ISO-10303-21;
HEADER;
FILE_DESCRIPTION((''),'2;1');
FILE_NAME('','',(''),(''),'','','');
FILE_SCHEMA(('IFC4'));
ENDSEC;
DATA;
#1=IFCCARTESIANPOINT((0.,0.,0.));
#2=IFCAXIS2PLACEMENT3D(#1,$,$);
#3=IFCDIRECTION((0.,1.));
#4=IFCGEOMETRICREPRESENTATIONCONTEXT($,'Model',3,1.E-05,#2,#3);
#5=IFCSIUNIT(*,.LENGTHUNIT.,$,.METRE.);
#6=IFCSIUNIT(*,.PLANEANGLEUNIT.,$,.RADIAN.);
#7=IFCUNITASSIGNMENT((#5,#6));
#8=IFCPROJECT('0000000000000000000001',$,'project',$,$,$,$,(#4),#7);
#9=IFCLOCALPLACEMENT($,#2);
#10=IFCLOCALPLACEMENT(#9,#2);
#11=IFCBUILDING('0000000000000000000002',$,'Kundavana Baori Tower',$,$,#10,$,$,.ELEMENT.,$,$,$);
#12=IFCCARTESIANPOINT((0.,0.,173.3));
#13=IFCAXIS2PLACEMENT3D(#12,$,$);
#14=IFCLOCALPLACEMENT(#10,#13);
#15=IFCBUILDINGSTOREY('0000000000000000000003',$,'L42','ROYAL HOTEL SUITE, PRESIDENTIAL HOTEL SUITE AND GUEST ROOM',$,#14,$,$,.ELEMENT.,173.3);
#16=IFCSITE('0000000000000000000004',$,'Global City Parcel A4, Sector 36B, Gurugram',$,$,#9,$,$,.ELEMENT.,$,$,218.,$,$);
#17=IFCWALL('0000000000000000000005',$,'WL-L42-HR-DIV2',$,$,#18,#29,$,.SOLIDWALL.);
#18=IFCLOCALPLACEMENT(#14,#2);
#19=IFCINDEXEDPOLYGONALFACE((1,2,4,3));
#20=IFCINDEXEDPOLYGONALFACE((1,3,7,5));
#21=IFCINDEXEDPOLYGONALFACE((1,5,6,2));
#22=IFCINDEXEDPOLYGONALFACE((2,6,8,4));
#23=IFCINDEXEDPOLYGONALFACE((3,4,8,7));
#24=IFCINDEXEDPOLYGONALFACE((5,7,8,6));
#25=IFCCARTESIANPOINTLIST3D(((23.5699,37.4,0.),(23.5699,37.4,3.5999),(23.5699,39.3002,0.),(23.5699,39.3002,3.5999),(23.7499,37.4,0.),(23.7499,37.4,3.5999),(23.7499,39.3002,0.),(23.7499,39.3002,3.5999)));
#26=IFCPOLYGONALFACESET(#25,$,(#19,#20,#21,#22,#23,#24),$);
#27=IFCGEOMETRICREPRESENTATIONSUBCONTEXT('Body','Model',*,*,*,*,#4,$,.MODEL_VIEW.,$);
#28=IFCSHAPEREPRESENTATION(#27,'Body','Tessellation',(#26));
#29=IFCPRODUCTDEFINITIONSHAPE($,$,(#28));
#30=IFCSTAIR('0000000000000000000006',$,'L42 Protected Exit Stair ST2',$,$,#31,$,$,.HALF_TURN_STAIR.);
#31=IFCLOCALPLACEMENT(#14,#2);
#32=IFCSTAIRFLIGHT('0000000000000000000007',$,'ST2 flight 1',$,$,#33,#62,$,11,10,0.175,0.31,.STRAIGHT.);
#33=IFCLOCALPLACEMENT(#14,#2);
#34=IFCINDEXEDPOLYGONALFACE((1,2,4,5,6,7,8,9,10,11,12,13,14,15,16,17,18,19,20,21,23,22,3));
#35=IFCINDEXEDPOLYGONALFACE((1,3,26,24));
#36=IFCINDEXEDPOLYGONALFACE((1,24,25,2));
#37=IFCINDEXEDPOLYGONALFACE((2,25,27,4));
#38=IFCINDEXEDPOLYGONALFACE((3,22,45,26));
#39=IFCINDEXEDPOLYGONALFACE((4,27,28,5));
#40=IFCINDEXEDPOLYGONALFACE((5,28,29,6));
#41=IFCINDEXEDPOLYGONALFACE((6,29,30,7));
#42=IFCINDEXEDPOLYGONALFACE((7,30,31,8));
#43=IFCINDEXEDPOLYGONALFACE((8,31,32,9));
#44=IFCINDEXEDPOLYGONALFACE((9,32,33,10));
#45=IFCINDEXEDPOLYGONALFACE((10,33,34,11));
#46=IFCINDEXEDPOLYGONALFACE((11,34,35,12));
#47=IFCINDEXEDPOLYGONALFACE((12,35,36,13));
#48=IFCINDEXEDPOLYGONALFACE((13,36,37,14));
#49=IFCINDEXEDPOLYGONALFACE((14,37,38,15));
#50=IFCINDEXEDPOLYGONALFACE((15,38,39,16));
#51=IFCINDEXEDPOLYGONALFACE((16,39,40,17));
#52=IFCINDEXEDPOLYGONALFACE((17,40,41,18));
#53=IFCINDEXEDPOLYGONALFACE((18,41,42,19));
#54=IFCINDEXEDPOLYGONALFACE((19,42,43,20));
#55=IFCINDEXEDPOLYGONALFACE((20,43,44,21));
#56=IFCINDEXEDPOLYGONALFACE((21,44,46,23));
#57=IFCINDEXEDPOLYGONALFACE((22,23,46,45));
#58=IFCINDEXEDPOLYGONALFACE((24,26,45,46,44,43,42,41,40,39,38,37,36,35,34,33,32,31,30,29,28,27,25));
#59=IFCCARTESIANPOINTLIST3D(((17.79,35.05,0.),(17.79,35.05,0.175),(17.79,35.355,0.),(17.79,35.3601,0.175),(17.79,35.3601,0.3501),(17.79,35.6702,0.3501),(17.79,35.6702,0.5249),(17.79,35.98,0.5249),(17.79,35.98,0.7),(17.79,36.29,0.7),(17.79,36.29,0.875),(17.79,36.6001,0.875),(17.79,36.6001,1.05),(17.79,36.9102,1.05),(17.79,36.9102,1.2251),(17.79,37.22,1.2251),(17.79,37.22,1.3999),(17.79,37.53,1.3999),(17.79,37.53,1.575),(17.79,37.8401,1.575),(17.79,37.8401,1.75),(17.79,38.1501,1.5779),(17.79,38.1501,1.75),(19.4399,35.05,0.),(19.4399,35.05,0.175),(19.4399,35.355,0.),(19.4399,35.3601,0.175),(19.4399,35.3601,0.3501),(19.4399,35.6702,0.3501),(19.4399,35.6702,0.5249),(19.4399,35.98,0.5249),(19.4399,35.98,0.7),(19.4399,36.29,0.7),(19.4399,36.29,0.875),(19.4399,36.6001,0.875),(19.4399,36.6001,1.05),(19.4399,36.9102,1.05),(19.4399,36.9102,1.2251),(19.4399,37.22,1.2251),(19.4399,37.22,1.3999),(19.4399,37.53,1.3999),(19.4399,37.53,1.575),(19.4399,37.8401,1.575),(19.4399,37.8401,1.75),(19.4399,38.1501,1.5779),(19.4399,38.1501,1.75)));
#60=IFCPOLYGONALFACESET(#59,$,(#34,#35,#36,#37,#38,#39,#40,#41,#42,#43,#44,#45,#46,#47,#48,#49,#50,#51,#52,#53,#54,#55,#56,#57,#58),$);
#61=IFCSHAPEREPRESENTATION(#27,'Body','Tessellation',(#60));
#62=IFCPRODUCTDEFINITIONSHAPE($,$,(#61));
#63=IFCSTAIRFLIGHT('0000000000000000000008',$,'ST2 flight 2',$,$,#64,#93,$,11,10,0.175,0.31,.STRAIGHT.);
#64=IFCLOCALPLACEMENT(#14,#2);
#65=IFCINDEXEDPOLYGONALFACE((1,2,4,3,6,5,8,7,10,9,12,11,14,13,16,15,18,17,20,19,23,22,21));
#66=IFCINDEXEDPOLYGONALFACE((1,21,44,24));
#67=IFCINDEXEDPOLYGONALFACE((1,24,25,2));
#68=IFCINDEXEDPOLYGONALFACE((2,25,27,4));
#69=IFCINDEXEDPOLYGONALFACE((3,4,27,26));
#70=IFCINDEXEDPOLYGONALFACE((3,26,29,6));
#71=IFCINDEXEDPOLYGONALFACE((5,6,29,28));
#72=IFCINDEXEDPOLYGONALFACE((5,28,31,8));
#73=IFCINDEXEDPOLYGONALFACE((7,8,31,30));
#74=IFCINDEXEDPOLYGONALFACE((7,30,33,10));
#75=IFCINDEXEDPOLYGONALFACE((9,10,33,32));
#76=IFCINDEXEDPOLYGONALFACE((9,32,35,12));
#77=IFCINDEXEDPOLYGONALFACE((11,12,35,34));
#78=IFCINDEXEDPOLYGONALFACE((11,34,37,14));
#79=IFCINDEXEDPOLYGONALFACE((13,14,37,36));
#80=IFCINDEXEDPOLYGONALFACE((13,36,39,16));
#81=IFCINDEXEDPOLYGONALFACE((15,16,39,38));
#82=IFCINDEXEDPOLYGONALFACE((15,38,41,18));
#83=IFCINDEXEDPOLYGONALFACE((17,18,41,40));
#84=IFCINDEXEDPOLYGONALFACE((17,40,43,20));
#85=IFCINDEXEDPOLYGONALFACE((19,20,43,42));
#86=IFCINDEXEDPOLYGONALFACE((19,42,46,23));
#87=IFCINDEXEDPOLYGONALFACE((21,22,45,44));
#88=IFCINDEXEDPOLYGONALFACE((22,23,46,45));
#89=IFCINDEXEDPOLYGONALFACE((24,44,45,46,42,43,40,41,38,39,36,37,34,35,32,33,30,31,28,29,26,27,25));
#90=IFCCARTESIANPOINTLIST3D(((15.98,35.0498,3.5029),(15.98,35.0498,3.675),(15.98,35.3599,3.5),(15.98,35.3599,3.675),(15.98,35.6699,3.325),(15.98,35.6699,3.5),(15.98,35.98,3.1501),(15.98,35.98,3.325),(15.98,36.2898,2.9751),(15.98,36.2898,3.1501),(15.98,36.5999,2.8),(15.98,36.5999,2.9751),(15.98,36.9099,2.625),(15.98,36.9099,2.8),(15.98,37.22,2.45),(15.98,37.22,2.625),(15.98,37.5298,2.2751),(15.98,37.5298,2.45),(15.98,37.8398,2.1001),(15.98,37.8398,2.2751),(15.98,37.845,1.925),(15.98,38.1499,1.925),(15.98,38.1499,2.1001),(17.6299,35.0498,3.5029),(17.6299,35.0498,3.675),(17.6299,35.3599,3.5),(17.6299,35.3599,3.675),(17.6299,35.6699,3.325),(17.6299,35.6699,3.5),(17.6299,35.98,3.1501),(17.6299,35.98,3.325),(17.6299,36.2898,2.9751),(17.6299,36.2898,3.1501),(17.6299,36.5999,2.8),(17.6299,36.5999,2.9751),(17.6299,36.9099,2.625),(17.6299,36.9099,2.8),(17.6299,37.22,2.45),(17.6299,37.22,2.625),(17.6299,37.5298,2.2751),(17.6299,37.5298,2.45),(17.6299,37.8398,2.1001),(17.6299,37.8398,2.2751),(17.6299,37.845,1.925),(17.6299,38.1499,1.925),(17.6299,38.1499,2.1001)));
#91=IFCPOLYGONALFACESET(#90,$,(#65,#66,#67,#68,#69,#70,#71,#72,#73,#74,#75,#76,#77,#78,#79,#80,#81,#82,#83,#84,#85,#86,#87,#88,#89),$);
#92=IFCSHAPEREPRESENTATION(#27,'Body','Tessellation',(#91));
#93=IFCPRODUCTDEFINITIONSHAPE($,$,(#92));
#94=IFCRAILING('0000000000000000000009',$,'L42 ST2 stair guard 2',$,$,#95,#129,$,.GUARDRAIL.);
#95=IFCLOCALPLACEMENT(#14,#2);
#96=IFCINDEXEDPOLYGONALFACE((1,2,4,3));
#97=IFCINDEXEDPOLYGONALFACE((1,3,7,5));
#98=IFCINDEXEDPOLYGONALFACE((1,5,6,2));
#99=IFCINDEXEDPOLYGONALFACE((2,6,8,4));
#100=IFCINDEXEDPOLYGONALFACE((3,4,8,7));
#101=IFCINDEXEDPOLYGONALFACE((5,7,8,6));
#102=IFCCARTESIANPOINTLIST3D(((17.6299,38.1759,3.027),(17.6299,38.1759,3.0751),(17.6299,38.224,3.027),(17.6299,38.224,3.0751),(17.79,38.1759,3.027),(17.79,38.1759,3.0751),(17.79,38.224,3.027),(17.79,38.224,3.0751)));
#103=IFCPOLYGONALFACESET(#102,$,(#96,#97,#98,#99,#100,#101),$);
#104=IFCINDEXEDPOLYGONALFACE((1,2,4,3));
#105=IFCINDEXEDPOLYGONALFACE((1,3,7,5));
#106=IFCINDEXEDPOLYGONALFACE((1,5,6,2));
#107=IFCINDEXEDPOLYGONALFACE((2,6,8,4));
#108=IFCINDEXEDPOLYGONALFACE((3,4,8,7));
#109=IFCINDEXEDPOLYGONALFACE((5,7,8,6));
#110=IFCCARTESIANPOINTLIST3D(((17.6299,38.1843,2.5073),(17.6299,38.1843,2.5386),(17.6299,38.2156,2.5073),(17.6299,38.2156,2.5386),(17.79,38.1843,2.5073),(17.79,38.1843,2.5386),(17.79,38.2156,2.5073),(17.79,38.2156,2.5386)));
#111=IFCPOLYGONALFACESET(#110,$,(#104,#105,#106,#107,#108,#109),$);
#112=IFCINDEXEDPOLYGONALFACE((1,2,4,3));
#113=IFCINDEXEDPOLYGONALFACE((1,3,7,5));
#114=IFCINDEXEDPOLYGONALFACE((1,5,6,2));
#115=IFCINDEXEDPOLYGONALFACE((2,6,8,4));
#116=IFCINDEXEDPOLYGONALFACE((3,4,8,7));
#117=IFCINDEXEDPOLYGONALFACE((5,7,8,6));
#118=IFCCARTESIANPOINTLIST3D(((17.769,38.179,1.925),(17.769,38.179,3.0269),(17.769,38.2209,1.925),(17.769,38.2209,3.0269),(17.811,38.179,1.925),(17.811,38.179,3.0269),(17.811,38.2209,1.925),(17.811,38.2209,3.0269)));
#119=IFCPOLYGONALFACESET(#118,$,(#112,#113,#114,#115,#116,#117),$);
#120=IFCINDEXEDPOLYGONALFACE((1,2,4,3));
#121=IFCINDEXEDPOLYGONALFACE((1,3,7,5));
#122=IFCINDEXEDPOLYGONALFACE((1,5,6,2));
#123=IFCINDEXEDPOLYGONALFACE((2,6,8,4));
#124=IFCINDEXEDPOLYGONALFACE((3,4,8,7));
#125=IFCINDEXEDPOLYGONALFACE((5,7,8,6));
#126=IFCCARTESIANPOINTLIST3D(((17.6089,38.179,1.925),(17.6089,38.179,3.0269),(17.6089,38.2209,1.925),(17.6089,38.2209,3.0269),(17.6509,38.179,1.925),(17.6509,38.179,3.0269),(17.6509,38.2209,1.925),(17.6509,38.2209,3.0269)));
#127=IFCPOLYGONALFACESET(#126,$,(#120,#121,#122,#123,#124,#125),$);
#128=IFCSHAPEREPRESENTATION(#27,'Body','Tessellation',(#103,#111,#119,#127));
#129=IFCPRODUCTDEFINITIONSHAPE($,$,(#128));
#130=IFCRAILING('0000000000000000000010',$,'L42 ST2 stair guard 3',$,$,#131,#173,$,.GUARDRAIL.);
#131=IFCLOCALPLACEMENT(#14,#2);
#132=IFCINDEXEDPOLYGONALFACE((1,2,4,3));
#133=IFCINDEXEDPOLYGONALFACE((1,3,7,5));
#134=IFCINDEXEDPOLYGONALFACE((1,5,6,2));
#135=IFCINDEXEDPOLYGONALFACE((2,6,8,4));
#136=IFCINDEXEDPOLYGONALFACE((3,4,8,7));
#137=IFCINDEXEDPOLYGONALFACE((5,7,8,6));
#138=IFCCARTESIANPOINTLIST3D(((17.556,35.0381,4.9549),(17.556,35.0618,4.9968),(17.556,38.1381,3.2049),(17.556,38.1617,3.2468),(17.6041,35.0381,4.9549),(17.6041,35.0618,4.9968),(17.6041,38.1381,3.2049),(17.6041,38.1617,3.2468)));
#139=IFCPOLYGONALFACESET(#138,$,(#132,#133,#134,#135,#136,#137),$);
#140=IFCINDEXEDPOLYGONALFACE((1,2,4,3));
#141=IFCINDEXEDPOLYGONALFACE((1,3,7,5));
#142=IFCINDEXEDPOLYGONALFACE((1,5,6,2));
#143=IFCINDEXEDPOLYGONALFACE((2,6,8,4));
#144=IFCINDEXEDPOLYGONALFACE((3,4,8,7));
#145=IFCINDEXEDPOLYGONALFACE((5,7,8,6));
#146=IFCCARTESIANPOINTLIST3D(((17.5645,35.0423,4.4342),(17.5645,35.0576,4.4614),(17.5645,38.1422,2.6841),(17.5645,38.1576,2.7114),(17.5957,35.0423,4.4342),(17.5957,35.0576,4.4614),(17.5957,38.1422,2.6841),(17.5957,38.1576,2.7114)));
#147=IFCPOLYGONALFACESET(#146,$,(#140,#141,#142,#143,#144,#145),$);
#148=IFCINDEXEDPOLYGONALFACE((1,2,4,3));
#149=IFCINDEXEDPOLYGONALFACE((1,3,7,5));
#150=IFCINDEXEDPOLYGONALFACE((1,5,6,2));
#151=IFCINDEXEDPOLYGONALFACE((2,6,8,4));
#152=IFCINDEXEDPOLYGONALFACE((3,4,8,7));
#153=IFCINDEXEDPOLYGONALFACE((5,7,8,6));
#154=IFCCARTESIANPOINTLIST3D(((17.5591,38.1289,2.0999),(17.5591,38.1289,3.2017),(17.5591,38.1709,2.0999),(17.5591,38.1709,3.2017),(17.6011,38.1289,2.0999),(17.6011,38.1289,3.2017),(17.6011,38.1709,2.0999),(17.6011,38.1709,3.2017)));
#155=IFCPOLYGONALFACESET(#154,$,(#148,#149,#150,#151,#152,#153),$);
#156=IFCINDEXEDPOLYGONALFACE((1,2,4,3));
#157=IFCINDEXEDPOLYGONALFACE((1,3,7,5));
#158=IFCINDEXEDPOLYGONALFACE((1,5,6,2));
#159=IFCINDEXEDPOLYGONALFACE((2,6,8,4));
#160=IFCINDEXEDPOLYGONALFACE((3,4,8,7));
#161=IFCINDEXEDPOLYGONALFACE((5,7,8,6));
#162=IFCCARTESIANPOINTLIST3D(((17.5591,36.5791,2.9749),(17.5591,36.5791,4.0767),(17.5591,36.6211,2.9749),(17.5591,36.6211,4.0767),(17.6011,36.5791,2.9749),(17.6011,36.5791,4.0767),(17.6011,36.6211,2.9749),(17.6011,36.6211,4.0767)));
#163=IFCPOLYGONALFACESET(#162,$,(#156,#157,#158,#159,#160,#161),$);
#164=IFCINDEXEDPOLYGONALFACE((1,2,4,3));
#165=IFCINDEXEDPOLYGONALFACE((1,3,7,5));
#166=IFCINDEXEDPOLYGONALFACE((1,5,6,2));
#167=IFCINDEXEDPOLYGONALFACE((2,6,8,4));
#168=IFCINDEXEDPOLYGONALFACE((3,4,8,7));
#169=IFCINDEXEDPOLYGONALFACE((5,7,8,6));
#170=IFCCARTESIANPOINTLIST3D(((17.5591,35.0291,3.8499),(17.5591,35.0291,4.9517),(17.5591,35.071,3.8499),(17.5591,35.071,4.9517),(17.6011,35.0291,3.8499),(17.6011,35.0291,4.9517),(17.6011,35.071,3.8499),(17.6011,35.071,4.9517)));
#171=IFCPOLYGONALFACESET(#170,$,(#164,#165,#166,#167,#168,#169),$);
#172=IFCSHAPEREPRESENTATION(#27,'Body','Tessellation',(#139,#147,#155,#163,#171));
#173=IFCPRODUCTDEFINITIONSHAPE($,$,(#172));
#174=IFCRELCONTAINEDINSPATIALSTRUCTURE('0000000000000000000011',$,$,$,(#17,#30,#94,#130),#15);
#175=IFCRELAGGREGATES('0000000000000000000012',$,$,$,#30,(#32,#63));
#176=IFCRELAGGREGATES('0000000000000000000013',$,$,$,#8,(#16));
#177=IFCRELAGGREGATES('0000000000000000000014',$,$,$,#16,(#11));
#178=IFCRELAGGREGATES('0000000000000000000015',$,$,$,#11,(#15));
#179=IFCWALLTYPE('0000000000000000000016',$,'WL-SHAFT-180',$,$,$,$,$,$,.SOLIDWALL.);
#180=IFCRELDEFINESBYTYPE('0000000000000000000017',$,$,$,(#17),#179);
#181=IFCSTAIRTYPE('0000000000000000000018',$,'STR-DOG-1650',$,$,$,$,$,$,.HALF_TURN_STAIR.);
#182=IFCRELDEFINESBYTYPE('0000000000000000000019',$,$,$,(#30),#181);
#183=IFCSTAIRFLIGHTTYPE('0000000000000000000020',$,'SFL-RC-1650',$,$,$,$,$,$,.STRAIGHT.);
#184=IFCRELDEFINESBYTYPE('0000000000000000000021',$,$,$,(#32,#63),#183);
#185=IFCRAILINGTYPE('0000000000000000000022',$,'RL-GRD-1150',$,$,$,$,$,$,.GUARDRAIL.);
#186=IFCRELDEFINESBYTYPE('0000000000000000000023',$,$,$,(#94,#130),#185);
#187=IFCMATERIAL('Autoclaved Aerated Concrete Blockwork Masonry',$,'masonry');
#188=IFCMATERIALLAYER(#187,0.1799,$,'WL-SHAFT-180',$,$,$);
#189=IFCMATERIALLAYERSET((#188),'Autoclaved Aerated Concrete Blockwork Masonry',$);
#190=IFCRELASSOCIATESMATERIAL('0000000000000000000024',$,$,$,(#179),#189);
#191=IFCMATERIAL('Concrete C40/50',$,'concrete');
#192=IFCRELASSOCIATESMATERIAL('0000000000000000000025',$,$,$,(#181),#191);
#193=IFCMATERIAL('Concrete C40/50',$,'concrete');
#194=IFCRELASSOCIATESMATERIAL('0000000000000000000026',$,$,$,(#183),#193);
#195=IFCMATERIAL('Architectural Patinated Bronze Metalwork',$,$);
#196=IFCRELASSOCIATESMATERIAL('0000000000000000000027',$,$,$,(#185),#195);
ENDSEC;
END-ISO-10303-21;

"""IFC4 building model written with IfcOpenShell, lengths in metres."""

from ifc_helpers import new_model, si_unit, direction, frame, frame_2d, origin, origin_2d, place, context, subcontext, project, spatial, polyline, rectangle, outline, extrude, material, layer, layer_set, type_object, element, aggregate, save


model = new_model("IFC4")

# Units and contexts
model_context = context("Model", 3, precision=1e-05, world=origin(), true_north=direction((0.0, 1.0)))
body_context = subcontext(model_context, "Body", "Model", "MODEL_VIEW")
ifc_project = project(units=[si_unit("LENGTHUNIT", "METRE"), si_unit("PLANEANGLEUNIT", "RADIAN")], contexts=[model_context])

# Site, building, storey
site_placement = place(None, origin())
site = spatial("IfcSite", under=ifc_project, at=site_placement, Name="Global City Parcel A4, Sector 36B, Gurugram", CompositionType="ELEMENT", RefElevation=218.0)
building_placement = place(site_placement, origin())
building = spatial("IfcBuilding", under=site, at=building_placement, Name="Kundavana Baori Tower", CompositionType="ELEMENT")
storey_placement = place(building_placement, frame((0.0, 0.0, 173.3)))
storey = spatial("IfcBuildingStorey", under=building, at=storey_placement, Name="L42", Description="ROYAL HOTEL SUITE, PRESIDENTIAL HOTEL SUITE AND GUEST ROOM", CompositionType="ELEMENT", Elevation=173.3)

# Shared definitions
ifc_material_1 = material(Name="Autoclaved Aerated Concrete Blockwork Masonry", Category="masonry")
ifc_layer_1 = layer(ifc_material_1, 0.1799, Name="WL-SHAFT-180")
ifc_layer_set_1 = layer_set([ifc_layer_1], Name="Autoclaved Aerated Concrete Blockwork Masonry")
wall_type_1 = type_object("IfcWallType", Name="WL-SHAFT-180", PredefinedType="SOLIDWALL", material=ifc_layer_set_1)

# Wall
wall_1_placement = place(storey_placement, frame((23.6599, 37.3999, 0.0), z_axis=(0.0, 0.0, 1.0), x_axis=(0.0, 1.0, 0.0)))
element("IfcWall", 1, at=wall_1_placement, inside=storey, type_object=wall_type_1, Name="WL-L42-HR-DIV2", PredefinedType="SOLIDWALL", context=body_context, shape_type="SweptSolid", body=[
    extrude(rectangle(XDim=1.9001, YDim=0.1799, at=frame_2d((0.9502, 0.0))), origin(), (0.0, 0.0, 1.0), 3.5999),
])

# Stair, stair flights
ifc_material_2 = material(Name="Concrete C40/50", Category="concrete")
stair_type = type_object("IfcStairType", Name="STR-DOG-1650", PredefinedType="HALF_TURN_STAIR", material=ifc_material_2)
stair_placement = place(storey_placement, origin())
stair = element("IfcStair", 2, at=stair_placement, inside=storey, type_object=stair_type, Name="L42 Protected Exit Stair ST2", PredefinedType="HALF_TURN_STAIR")
ifc_material_3 = material(Name="Concrete C40/50", Category="concrete")
stair_flight_type = type_object("IfcStairFlightType", Name="SFL-RC-1650", PredefinedType="STRAIGHT", material=ifc_material_3)
stair_flight_1_placement = place(storey_placement, frame((18.615, 35.05, 0.0), z_axis=(0.0, 0.0, 1.0), x_axis=(0.0, 1.0, 0.0)))
stair_flight_1 = element("IfcStairFlight", 3, at=stair_flight_1_placement, type_object=stair_flight_type, Name="ST2 flight 1", NumberOfRisers=11, NumberOfTreads=10, PredefinedType="STRAIGHT", RiserHeight=0.175, TreadLength=0.31, context=body_context, shape_type="SweptSolid", body=[
    extrude(outline(polyline([(0.0, 0.0), (0.0, 0.175), (0.3101, 0.175), (0.3101, 0.3501), (0.6201, 0.3501), (0.6201, 0.5249), (0.9299, 0.5249), (0.9299, 0.7), (1.24, 0.7), (1.24, 0.875), (1.55, 0.875), (1.55, 1.05), (1.8601, 1.05), (1.8601, 1.2251), (2.1699, 1.2251), (2.1699, 1.3999), (2.48, 1.3999), (2.48, 1.575), (2.79, 1.575), (2.79, 1.75), (3.1001, 1.75), (3.1001, 1.925), (3.1001, 1.5779), (0.3049, 0.0), (0.0, 0.0)])), frame((0.0, 0.825, 0.0), z_axis=(0.0, -1.0, 0.0), x_axis=(1.0, 0.0, 0.0)), (0.0, 0.0, 1.0), 1.6499),
])
stair_flight_2_placement = place(storey_placement, frame((16.8049, 38.1499, 1.925), z_axis=(0.0, 0.0, 1.0), x_axis=(0.0, -1.0, 0.0)))
stair_flight_2 = element("IfcStairFlight", 4, at=stair_flight_2_placement, type_object=stair_flight_type, Name="ST2 flight 2", NumberOfRisers=11, NumberOfTreads=10, PredefinedType="STRAIGHT", RiserHeight=0.175, TreadLength=0.31, context=body_context, shape_type="SweptSolid", body=[
    extrude(outline(polyline([(0.0, 0.0), (0.0, 0.175), (0.3101, 0.175), (0.3101, 0.3501), (0.6201, 0.3501), (0.6201, 0.5249), (0.9299, 0.5249), (0.9299, 0.7), (1.24, 0.7), (1.24, 0.875), (1.55, 0.875), (1.55, 1.05), (1.8601, 1.05), (1.8601, 1.2251), (2.1699, 1.2251), (2.1699, 1.3999), (2.48, 1.3999), (2.48, 1.575), (2.79, 1.575), (2.79, 1.75), (3.1001, 1.75), (3.1001, 1.925), (3.1001, 1.5779), (0.3049, 0.0), (0.0, 0.0)])), frame((0.0, 0.825, 0.0), z_axis=(0.0, -1.0, 0.0), x_axis=(1.0, 0.0, 0.0)), (0.0, 0.0, 1.0), 1.6499),
])
aggregate(stair, [stair_flight_1, stair_flight_2])

# Railings
ifc_material_4 = material(Name="Architectural Patinated Bronze Metalwork")
railing_type_1 = type_object("IfcRailingType", Name="RL-GRD-1150", PredefinedType="GUARDRAIL", material=ifc_material_4)
railing_1_placement = place(storey_placement, frame((17.79, 38.2, 1.925)))
element("IfcRailing", 5, at=railing_1_placement, inside=storey, type_object=railing_type_1, Name="L42 ST2 stair guard 2", PredefinedType="GUARDRAIL", context=body_context, shape_type="SweptSolid", body=[
    extrude(rectangle(XDim=0.0481, YDim=0.0481, at=origin_2d()), frame((0.0, 0.0, 1.126), z_axis=(-1.0, 0.0, 0.0), x_axis=(0.0, -1.0, 0.0)), (0.0, 0.0, 1.0), 0.1602),
    extrude(rectangle(XDim=0.0312, YDim=0.0312, at=origin_2d()), frame((0.0, 0.0, 0.5979), z_axis=(-1.0, 0.0, 0.0), x_axis=(0.0, -1.0, 0.0)), (0.0, 0.0, 1.0), 0.1602),
    extrude(rectangle(XDim=0.042, YDim=0.042, at=origin_2d()), origin(), (0.0, 0.0, 1.0), 1.1018),
    extrude(rectangle(XDim=0.042, YDim=0.042, at=origin_2d()), frame((-0.1602, 0.0, 0.0)), (0.0, 0.0, 1.0), 1.1018),
])
railing_2_placement = place(storey_placement, frame((17.5801, 38.1499, 2.0999)))
element("IfcRailing", 6, at=railing_2_placement, inside=storey, type_object=railing_type_1, Name="L42 ST2 stair guard 3", PredefinedType="GUARDRAIL", context=body_context, shape_type="SweptSolid", body=[
    extrude(rectangle(XDim=0.0481, YDim=0.0481, at=origin_2d()), frame((0.0, 0.0, 1.126), z_axis=(0.0, -0.870814, 0.491612), x_axis=(1.0, 0.0, 0.0)), (0.0, 0.0, 1.0), 3.5598),
    extrude(rectangle(XDim=0.0312, YDim=0.0312, at=origin_2d()), frame((0.0, 0.0, 0.5979), z_axis=(0.0, -0.870814, 0.491612), x_axis=(1.0, 0.0, 0.0)), (0.0, 0.0, 1.0), 3.5598),
    extrude(rectangle(XDim=0.042, YDim=0.042, at=origin_2d()), origin(), (0.0, 0.0, 1.0), 1.1018),
    extrude(rectangle(XDim=0.042, YDim=0.042, at=origin_2d()), frame((0.0, -1.5498, 0.875)), (0.0, 0.0, 1.0), 1.1018),
    extrude(rectangle(XDim=0.042, YDim=0.042, at=origin_2d()), frame((0.0, -3.0999, 1.75)), (0.0, 0.0, 1.0), 1.1018),
])

save(model, "model.ifc")
